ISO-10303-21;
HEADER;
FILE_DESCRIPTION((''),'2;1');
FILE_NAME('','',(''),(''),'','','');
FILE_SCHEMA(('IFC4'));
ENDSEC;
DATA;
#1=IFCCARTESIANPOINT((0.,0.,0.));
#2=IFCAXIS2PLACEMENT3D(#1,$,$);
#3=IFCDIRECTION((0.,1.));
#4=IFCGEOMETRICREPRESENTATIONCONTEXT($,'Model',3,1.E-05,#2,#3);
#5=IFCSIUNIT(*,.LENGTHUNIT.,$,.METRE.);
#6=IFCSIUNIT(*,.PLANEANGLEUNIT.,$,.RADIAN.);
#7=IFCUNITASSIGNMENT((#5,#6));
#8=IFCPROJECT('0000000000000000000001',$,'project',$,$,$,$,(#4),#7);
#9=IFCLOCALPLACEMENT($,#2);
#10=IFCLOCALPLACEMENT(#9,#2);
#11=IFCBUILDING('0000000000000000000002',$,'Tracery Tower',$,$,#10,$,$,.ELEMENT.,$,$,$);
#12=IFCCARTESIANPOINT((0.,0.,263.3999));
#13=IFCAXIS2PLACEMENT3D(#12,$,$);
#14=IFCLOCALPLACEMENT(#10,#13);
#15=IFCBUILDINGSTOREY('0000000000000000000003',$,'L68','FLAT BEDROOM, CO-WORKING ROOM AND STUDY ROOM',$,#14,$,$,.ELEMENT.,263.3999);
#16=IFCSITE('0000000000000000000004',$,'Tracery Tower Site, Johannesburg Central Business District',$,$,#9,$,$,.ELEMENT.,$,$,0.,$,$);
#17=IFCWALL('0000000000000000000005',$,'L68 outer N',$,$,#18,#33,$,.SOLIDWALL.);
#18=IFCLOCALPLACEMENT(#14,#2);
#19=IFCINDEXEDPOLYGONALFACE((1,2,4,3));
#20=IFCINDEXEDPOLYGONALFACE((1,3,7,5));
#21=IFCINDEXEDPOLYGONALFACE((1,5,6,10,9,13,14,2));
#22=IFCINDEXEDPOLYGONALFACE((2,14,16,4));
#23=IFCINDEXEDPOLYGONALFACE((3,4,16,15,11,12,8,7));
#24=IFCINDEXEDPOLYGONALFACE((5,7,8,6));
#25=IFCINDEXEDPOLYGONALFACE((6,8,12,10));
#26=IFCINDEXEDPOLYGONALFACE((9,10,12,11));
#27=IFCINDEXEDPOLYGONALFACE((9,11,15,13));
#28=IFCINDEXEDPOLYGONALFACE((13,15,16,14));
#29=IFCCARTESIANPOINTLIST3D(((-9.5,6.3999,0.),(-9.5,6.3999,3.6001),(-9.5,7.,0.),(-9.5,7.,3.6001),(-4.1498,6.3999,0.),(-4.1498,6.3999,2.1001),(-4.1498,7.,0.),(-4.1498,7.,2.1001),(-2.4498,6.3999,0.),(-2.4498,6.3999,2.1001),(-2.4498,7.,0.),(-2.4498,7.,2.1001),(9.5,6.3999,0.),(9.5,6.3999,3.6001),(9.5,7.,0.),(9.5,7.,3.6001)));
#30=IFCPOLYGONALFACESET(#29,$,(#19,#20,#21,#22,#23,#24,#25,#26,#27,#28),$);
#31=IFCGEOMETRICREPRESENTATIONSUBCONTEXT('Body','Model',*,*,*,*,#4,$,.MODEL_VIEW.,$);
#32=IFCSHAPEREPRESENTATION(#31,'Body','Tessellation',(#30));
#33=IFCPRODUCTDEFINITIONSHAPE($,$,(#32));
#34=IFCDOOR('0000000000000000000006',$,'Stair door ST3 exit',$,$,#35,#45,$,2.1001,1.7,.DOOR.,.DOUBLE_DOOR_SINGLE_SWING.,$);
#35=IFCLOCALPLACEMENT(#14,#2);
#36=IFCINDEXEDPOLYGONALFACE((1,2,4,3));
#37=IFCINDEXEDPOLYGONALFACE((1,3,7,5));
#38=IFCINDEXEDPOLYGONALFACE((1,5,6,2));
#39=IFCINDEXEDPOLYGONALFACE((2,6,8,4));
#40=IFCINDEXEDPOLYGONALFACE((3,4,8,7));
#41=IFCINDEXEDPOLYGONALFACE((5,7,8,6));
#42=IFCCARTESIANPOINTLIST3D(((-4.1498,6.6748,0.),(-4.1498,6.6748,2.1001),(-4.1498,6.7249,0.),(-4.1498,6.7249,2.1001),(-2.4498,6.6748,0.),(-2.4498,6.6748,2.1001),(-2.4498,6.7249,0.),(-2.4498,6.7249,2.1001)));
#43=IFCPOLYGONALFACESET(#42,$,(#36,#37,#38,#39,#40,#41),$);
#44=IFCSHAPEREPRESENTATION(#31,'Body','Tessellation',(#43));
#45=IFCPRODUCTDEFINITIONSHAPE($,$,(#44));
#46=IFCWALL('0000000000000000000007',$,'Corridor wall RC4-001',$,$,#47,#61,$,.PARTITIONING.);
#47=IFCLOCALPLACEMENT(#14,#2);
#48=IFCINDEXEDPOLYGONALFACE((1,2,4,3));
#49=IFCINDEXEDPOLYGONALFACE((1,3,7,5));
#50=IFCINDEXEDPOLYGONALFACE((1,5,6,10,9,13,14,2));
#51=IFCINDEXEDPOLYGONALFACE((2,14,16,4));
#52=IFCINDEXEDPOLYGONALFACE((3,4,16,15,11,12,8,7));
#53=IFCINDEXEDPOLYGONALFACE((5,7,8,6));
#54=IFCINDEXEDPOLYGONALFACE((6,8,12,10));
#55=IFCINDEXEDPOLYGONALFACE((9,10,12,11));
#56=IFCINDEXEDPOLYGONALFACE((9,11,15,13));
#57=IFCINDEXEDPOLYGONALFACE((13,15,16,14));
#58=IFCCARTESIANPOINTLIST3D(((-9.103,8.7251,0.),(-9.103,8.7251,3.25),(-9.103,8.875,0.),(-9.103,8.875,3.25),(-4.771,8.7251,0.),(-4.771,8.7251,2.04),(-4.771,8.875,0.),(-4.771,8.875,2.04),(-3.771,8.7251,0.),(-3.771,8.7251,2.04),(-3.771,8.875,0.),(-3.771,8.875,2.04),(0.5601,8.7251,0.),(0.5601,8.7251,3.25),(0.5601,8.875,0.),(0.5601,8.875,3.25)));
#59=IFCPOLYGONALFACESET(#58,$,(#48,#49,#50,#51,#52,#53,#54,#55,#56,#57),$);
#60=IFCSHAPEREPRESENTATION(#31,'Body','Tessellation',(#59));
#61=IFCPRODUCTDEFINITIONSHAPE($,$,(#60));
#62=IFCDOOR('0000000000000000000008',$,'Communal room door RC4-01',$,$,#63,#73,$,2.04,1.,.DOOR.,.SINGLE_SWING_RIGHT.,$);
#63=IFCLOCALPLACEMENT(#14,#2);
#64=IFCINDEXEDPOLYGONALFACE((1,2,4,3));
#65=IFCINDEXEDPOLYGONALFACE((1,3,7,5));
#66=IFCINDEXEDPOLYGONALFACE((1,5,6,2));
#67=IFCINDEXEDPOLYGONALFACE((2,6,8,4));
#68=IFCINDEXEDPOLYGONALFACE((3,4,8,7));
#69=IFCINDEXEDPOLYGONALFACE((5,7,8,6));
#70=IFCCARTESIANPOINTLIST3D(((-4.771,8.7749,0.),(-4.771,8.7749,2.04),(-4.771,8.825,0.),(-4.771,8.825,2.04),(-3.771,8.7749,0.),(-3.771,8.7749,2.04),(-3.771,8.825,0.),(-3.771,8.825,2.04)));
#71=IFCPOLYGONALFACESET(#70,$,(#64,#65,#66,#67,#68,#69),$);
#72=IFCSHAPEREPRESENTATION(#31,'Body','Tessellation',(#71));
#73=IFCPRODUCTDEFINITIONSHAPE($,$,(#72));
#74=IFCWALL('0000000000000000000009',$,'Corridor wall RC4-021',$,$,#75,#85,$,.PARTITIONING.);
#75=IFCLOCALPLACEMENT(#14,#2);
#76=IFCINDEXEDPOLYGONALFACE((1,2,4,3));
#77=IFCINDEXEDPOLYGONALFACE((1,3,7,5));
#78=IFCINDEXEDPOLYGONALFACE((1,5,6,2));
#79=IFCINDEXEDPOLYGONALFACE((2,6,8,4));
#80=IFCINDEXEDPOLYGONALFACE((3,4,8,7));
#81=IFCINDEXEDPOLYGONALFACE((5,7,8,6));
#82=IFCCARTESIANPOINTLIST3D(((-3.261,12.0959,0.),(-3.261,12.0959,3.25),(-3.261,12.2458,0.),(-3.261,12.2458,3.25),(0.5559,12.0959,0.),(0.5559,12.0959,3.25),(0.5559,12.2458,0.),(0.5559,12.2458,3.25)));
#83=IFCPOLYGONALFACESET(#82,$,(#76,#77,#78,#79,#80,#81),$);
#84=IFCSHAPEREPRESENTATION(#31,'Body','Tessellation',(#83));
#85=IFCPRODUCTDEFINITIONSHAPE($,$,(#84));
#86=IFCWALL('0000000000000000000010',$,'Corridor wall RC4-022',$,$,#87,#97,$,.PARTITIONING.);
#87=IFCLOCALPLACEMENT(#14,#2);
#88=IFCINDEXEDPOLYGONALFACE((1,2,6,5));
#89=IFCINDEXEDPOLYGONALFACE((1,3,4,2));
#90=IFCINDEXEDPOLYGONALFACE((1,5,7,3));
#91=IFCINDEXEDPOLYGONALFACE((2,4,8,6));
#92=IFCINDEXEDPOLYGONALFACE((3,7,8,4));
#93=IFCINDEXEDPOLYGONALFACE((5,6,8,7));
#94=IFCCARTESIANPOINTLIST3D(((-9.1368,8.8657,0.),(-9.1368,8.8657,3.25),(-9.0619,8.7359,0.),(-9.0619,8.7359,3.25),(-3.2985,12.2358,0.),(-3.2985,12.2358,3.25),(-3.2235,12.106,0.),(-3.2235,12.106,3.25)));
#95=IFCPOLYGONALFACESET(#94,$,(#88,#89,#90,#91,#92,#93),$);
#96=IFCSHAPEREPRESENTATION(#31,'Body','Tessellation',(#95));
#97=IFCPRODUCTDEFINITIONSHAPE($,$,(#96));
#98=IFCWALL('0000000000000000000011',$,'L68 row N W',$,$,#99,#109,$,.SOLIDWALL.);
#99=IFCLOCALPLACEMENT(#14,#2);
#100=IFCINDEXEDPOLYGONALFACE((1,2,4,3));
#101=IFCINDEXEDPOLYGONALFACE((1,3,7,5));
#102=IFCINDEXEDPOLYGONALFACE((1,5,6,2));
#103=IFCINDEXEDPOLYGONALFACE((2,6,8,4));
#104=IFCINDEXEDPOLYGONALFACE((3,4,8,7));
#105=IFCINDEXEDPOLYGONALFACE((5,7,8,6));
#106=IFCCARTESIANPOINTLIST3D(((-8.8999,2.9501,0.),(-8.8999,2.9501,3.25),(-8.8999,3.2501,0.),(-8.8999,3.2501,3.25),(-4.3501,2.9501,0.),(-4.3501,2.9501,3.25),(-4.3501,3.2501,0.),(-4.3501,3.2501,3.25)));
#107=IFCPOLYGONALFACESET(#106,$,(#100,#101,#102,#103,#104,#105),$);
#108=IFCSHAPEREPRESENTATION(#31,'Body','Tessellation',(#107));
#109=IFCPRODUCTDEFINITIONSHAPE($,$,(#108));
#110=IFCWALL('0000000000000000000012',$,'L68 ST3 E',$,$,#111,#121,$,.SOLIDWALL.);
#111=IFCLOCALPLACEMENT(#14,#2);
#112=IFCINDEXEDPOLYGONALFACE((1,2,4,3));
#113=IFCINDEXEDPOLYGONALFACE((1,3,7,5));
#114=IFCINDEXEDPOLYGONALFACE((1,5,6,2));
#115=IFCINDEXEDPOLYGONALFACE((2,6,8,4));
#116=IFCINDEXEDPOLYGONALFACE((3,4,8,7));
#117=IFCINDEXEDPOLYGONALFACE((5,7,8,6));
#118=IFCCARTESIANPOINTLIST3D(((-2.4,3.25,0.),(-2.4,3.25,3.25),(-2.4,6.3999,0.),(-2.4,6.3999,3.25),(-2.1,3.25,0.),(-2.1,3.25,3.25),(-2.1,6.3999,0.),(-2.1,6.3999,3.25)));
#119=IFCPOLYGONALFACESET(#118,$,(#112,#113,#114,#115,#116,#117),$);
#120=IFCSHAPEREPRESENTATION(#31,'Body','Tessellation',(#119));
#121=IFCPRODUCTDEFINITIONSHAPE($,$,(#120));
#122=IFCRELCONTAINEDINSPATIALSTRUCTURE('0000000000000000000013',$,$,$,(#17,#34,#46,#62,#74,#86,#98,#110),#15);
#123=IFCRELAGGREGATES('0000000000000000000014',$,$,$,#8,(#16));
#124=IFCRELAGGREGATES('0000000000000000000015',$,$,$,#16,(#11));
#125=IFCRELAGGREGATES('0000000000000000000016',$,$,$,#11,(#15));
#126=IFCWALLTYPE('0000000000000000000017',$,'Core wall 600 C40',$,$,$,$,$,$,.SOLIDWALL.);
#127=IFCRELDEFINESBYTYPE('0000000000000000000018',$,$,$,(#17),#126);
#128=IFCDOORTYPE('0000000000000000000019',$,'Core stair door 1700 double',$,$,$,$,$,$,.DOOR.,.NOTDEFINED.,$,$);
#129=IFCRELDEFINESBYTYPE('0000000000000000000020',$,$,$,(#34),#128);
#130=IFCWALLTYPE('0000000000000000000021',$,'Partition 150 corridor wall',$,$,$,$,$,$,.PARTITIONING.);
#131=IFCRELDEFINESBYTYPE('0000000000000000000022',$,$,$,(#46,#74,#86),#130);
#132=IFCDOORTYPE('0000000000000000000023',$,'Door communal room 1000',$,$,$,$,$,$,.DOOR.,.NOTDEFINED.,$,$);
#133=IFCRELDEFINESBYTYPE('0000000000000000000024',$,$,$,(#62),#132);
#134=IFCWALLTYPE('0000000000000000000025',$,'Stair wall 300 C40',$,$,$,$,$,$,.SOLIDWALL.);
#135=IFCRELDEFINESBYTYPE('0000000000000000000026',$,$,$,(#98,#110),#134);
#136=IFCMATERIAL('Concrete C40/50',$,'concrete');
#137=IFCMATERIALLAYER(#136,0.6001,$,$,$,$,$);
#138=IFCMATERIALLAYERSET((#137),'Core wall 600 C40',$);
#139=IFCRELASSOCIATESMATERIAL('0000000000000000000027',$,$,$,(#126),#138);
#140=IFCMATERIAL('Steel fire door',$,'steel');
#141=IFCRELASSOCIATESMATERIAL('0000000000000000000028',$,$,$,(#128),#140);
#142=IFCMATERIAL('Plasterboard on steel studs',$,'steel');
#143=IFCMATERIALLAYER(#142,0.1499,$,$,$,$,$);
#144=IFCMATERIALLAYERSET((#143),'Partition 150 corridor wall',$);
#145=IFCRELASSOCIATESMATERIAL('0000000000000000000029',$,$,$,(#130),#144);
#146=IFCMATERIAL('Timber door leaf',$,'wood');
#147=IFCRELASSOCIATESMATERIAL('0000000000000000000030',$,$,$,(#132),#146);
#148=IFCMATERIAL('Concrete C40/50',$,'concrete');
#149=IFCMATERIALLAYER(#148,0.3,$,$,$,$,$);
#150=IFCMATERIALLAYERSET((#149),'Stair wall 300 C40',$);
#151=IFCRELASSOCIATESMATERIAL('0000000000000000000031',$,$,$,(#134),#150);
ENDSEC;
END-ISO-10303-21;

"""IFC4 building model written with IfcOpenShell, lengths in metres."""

from ifc_helpers import new_model, si_unit, direction, frame, frame_2d, origin, place, context, subcontext, project, spatial, rectangle, extrude, material, layer, layer_set, type_object, element, fill, save


model = new_model("IFC4")

# Units and contexts
model_context = context("Model", 3, precision=1e-05, world=origin(), true_north=direction((0.0, 1.0)))
body_context = subcontext(model_context, "Body", "Model", "MODEL_VIEW")
ifc_project = project(units=[si_unit("LENGTHUNIT", "METRE"), si_unit("PLANEANGLEUNIT", "RADIAN")], contexts=[model_context])

# Site, building, storey
site_placement = place(None, origin())
site = spatial("IfcSite", under=ifc_project, at=site_placement, Name="Tracery Tower Site, Johannesburg Central Business District", CompositionType="ELEMENT", RefElevation=0.0)
building_placement = place(site_placement, origin())
building = spatial("IfcBuilding", under=site, at=building_placement, Name="Tracery Tower", CompositionType="ELEMENT")
storey_placement = place(building_placement, frame((0.0, 0.0, 263.3999)))
storey = spatial("IfcBuildingStorey", under=building, at=storey_placement, Name="L68", Description="FLAT BEDROOM, CO-WORKING ROOM AND STUDY ROOM", CompositionType="ELEMENT", Elevation=263.3999)

# Walls, openings, doors
ifc_material_1 = material(Name="Concrete C40/50", Category="concrete")
ifc_layer_1 = layer(ifc_material_1, 0.6001)
ifc_layer_set_1 = layer_set([ifc_layer_1], Name="Core wall 600 C40")
wall_type_1 = type_object("IfcWallType", Name="Core wall 600 C40", PredefinedType="SOLIDWALL", material=ifc_layer_set_1)
wall_1_placement = place(storey_placement, frame((-9.5, 6.7, 0.0), z_axis=(0.0, 0.0, 1.0), x_axis=(1.0, 0.0, 0.0)))
wall_1 = element("IfcWall", 1, at=wall_1_placement, inside=storey, type_object=wall_type_1, Name="L68 outer N", PredefinedType="SOLIDWALL", context=body_context, shape_type="SweptSolid", body=[
    extrude(rectangle(XDim=19.0, YDim=0.6001, at=frame_2d((9.5, 0.0))), origin(), (0.0, 0.0, 1.0), 3.6001),
])
opening_1_placement = place(wall_1_placement, frame((5.3501, 0.0, 0.0)))
opening_1 = element("IfcOpeningElement", 2, at=opening_1_placement, cuts=wall_1, PredefinedType="OPENING", context=body_context, shape_type="SweptSolid", body=[
    extrude(rectangle(XDim=1.7, YDim=2.1001, at=frame_2d((0.8501, 1.05))), frame((0.0, 0.3, 0.0), z_axis=(0.0, -1.0, 0.0), x_axis=(1.0, 0.0, 0.0)), (0.0, 0.0, 1.0), 0.6001),
])
ifc_material_2 = material(Name="Steel fire door", Category="steel")
door_type_1 = type_object("IfcDoorType", Name="Core stair door 1700 double", OperationType="NOTDEFINED", PredefinedType="DOOR", material=ifc_material_2)
door_1_placement = place(opening_1_placement, origin())
door_1 = element("IfcDoor", 3, at=door_1_placement, inside=storey, type_object=door_type_1, Name="Stair door ST3 exit", OperationType="DOUBLE_DOOR_SINGLE_SWING", OverallHeight=2.1001, OverallWidth=1.7, PredefinedType="DOOR", context=body_context, shape_type="SweptSolid", body=[
    extrude(rectangle(XDim=1.7, YDim=2.1001, at=frame_2d((0.8501, 1.05))), frame((0.0, 0.0249, 0.0), z_axis=(0.0, -1.0, 0.0), x_axis=(1.0, 0.0, 0.0)), (0.0, 0.0, 1.0), 0.05),
])
fill(opening_1, door_1)
ifc_material_3 = material(Name="Plasterboard on steel studs", Category="steel")
ifc_layer_2 = layer(ifc_material_3, 0.1499)
ifc_layer_set_2 = layer_set([ifc_layer_2], Name="Partition 150 corridor wall")
wall_type_2 = type_object("IfcWallType", Name="Partition 150 corridor wall", PredefinedType="PARTITIONING", material=ifc_layer_set_2)
wall_2_placement = place(storey_placement, frame((-9.103, 8.8, 0.0), z_axis=(0.0, 0.0, 1.0), x_axis=(1.0, 0.0, 0.0)))
wall_2 = element("IfcWall", 4, at=wall_2_placement, inside=storey, type_object=wall_type_2, Name="Corridor wall RC4-001", PredefinedType="PARTITIONING", context=body_context, shape_type="SweptSolid", body=[
    extrude(rectangle(XDim=9.6631, YDim=0.1499, at=frame_2d((4.8315, 0.0))), origin(), (0.0, 0.0, 1.0), 3.25),
])
opening_2_placement = place(wall_2_placement, frame((4.332, 0.0, 0.0)))
opening_2 = element("IfcOpeningElement", 5, at=opening_2_placement, cuts=wall_2, PredefinedType="OPENING", context=body_context, shape_type="SweptSolid", body=[
    extrude(rectangle(XDim=1.0, YDim=2.04, at=frame_2d((0.5, 1.02))), frame((0.0, 0.075, 0.0), z_axis=(0.0, -1.0, 0.0), x_axis=(1.0, 0.0, 0.0)), (0.0, 0.0, 1.0), 0.1499),
])
ifc_material_4 = material(Name="Timber door leaf", Category="wood")
door_type_2 = type_object("IfcDoorType", Name="Door communal room 1000", OperationType="NOTDEFINED", PredefinedType="DOOR", material=ifc_material_4)
door_2_placement = place(opening_2_placement, origin())
door_2 = element("IfcDoor", 6, at=door_2_placement, inside=storey, type_object=door_type_2, Name="Communal room door RC4-01", OperationType="SINGLE_SWING_RIGHT", OverallHeight=2.04, OverallWidth=1.0, PredefinedType="DOOR", context=body_context, shape_type="SweptSolid", body=[
    extrude(rectangle(XDim=1.0, YDim=2.04, at=frame_2d((0.5, 1.02))), frame((0.0, 0.0249, 0.0), z_axis=(0.0, -1.0, 0.0), x_axis=(1.0, 0.0, 0.0)), (0.0, 0.0, 1.0), 0.05),
])
fill(opening_2, door_2)

# Walls
wall_3_placement = place(storey_placement, frame((-3.261, 12.1709, 0.0), z_axis=(0.0, 0.0, 1.0), x_axis=(1.0, 0.0, 0.0)))
element("IfcWall", 7, at=wall_3_placement, inside=storey, type_object=wall_type_2, Name="Corridor wall RC4-021", PredefinedType="PARTITIONING", context=body_context, shape_type="SweptSolid", body=[
    extrude(rectangle(XDim=3.8169, YDim=0.1499, at=frame_2d((1.9084, 0.0))), origin(), (0.0, 0.0, 1.0), 3.25),
])
wall_4_placement = place(storey_placement, frame((-9.0994, 8.8008, 0.0), z_axis=(0.0, 0.0, 1.0), x_axis=(0.866069, 0.499925, 0.0)))
element("IfcWall", 8, at=wall_4_placement, inside=storey, type_object=wall_type_2, Name="Corridor wall RC4-022", PredefinedType="PARTITIONING", context=body_context, shape_type="SweptSolid", body=[
    extrude(rectangle(XDim=6.7412, YDim=0.1499, at=frame_2d((3.3706, 0.0))), origin(), (0.0, 0.0, 1.0), 3.25),
])
ifc_material_5 = material(Name="Concrete C40/50", Category="concrete")
ifc_layer_3 = layer(ifc_material_5, 0.3)
ifc_layer_set_3 = layer_set([ifc_layer_3], Name="Stair wall 300 C40")
wall_type_3 = type_object("IfcWallType", Name="Stair wall 300 C40", PredefinedType="SOLIDWALL", material=ifc_layer_set_3)
wall_5_placement = place(storey_placement, frame((-8.8999, 3.1001, 0.0), z_axis=(0.0, 0.0, 1.0), x_axis=(1.0, 0.0, 0.0)))
element("IfcWall", 9, at=wall_5_placement, inside=storey, type_object=wall_type_3, Name="L68 row N W", PredefinedType="SOLIDWALL", context=body_context, shape_type="SweptSolid", body=[
    extrude(rectangle(XDim=4.5498, YDim=0.3, at=frame_2d((2.2749, 0.0))), origin(), (0.0, 0.0, 1.0), 3.25),
])

# Wall
wall_6_placement = place(storey_placement, frame((-2.25, 3.25, 0.0), z_axis=(0.0, 0.0, 1.0), x_axis=(0.0, 1.0, 0.0)))
element("IfcWall", 10, at=wall_6_placement, inside=storey, type_object=wall_type_3, Name="L68 ST3 E", PredefinedType="SOLIDWALL", context=body_context, shape_type="SweptSolid", body=[
    extrude(rectangle(XDim=3.1499, YDim=0.3, at=frame_2d((1.575, 0.0))), origin(), (0.0, 0.0, 1.0), 3.25),
])

save(model, "model.ifc")
